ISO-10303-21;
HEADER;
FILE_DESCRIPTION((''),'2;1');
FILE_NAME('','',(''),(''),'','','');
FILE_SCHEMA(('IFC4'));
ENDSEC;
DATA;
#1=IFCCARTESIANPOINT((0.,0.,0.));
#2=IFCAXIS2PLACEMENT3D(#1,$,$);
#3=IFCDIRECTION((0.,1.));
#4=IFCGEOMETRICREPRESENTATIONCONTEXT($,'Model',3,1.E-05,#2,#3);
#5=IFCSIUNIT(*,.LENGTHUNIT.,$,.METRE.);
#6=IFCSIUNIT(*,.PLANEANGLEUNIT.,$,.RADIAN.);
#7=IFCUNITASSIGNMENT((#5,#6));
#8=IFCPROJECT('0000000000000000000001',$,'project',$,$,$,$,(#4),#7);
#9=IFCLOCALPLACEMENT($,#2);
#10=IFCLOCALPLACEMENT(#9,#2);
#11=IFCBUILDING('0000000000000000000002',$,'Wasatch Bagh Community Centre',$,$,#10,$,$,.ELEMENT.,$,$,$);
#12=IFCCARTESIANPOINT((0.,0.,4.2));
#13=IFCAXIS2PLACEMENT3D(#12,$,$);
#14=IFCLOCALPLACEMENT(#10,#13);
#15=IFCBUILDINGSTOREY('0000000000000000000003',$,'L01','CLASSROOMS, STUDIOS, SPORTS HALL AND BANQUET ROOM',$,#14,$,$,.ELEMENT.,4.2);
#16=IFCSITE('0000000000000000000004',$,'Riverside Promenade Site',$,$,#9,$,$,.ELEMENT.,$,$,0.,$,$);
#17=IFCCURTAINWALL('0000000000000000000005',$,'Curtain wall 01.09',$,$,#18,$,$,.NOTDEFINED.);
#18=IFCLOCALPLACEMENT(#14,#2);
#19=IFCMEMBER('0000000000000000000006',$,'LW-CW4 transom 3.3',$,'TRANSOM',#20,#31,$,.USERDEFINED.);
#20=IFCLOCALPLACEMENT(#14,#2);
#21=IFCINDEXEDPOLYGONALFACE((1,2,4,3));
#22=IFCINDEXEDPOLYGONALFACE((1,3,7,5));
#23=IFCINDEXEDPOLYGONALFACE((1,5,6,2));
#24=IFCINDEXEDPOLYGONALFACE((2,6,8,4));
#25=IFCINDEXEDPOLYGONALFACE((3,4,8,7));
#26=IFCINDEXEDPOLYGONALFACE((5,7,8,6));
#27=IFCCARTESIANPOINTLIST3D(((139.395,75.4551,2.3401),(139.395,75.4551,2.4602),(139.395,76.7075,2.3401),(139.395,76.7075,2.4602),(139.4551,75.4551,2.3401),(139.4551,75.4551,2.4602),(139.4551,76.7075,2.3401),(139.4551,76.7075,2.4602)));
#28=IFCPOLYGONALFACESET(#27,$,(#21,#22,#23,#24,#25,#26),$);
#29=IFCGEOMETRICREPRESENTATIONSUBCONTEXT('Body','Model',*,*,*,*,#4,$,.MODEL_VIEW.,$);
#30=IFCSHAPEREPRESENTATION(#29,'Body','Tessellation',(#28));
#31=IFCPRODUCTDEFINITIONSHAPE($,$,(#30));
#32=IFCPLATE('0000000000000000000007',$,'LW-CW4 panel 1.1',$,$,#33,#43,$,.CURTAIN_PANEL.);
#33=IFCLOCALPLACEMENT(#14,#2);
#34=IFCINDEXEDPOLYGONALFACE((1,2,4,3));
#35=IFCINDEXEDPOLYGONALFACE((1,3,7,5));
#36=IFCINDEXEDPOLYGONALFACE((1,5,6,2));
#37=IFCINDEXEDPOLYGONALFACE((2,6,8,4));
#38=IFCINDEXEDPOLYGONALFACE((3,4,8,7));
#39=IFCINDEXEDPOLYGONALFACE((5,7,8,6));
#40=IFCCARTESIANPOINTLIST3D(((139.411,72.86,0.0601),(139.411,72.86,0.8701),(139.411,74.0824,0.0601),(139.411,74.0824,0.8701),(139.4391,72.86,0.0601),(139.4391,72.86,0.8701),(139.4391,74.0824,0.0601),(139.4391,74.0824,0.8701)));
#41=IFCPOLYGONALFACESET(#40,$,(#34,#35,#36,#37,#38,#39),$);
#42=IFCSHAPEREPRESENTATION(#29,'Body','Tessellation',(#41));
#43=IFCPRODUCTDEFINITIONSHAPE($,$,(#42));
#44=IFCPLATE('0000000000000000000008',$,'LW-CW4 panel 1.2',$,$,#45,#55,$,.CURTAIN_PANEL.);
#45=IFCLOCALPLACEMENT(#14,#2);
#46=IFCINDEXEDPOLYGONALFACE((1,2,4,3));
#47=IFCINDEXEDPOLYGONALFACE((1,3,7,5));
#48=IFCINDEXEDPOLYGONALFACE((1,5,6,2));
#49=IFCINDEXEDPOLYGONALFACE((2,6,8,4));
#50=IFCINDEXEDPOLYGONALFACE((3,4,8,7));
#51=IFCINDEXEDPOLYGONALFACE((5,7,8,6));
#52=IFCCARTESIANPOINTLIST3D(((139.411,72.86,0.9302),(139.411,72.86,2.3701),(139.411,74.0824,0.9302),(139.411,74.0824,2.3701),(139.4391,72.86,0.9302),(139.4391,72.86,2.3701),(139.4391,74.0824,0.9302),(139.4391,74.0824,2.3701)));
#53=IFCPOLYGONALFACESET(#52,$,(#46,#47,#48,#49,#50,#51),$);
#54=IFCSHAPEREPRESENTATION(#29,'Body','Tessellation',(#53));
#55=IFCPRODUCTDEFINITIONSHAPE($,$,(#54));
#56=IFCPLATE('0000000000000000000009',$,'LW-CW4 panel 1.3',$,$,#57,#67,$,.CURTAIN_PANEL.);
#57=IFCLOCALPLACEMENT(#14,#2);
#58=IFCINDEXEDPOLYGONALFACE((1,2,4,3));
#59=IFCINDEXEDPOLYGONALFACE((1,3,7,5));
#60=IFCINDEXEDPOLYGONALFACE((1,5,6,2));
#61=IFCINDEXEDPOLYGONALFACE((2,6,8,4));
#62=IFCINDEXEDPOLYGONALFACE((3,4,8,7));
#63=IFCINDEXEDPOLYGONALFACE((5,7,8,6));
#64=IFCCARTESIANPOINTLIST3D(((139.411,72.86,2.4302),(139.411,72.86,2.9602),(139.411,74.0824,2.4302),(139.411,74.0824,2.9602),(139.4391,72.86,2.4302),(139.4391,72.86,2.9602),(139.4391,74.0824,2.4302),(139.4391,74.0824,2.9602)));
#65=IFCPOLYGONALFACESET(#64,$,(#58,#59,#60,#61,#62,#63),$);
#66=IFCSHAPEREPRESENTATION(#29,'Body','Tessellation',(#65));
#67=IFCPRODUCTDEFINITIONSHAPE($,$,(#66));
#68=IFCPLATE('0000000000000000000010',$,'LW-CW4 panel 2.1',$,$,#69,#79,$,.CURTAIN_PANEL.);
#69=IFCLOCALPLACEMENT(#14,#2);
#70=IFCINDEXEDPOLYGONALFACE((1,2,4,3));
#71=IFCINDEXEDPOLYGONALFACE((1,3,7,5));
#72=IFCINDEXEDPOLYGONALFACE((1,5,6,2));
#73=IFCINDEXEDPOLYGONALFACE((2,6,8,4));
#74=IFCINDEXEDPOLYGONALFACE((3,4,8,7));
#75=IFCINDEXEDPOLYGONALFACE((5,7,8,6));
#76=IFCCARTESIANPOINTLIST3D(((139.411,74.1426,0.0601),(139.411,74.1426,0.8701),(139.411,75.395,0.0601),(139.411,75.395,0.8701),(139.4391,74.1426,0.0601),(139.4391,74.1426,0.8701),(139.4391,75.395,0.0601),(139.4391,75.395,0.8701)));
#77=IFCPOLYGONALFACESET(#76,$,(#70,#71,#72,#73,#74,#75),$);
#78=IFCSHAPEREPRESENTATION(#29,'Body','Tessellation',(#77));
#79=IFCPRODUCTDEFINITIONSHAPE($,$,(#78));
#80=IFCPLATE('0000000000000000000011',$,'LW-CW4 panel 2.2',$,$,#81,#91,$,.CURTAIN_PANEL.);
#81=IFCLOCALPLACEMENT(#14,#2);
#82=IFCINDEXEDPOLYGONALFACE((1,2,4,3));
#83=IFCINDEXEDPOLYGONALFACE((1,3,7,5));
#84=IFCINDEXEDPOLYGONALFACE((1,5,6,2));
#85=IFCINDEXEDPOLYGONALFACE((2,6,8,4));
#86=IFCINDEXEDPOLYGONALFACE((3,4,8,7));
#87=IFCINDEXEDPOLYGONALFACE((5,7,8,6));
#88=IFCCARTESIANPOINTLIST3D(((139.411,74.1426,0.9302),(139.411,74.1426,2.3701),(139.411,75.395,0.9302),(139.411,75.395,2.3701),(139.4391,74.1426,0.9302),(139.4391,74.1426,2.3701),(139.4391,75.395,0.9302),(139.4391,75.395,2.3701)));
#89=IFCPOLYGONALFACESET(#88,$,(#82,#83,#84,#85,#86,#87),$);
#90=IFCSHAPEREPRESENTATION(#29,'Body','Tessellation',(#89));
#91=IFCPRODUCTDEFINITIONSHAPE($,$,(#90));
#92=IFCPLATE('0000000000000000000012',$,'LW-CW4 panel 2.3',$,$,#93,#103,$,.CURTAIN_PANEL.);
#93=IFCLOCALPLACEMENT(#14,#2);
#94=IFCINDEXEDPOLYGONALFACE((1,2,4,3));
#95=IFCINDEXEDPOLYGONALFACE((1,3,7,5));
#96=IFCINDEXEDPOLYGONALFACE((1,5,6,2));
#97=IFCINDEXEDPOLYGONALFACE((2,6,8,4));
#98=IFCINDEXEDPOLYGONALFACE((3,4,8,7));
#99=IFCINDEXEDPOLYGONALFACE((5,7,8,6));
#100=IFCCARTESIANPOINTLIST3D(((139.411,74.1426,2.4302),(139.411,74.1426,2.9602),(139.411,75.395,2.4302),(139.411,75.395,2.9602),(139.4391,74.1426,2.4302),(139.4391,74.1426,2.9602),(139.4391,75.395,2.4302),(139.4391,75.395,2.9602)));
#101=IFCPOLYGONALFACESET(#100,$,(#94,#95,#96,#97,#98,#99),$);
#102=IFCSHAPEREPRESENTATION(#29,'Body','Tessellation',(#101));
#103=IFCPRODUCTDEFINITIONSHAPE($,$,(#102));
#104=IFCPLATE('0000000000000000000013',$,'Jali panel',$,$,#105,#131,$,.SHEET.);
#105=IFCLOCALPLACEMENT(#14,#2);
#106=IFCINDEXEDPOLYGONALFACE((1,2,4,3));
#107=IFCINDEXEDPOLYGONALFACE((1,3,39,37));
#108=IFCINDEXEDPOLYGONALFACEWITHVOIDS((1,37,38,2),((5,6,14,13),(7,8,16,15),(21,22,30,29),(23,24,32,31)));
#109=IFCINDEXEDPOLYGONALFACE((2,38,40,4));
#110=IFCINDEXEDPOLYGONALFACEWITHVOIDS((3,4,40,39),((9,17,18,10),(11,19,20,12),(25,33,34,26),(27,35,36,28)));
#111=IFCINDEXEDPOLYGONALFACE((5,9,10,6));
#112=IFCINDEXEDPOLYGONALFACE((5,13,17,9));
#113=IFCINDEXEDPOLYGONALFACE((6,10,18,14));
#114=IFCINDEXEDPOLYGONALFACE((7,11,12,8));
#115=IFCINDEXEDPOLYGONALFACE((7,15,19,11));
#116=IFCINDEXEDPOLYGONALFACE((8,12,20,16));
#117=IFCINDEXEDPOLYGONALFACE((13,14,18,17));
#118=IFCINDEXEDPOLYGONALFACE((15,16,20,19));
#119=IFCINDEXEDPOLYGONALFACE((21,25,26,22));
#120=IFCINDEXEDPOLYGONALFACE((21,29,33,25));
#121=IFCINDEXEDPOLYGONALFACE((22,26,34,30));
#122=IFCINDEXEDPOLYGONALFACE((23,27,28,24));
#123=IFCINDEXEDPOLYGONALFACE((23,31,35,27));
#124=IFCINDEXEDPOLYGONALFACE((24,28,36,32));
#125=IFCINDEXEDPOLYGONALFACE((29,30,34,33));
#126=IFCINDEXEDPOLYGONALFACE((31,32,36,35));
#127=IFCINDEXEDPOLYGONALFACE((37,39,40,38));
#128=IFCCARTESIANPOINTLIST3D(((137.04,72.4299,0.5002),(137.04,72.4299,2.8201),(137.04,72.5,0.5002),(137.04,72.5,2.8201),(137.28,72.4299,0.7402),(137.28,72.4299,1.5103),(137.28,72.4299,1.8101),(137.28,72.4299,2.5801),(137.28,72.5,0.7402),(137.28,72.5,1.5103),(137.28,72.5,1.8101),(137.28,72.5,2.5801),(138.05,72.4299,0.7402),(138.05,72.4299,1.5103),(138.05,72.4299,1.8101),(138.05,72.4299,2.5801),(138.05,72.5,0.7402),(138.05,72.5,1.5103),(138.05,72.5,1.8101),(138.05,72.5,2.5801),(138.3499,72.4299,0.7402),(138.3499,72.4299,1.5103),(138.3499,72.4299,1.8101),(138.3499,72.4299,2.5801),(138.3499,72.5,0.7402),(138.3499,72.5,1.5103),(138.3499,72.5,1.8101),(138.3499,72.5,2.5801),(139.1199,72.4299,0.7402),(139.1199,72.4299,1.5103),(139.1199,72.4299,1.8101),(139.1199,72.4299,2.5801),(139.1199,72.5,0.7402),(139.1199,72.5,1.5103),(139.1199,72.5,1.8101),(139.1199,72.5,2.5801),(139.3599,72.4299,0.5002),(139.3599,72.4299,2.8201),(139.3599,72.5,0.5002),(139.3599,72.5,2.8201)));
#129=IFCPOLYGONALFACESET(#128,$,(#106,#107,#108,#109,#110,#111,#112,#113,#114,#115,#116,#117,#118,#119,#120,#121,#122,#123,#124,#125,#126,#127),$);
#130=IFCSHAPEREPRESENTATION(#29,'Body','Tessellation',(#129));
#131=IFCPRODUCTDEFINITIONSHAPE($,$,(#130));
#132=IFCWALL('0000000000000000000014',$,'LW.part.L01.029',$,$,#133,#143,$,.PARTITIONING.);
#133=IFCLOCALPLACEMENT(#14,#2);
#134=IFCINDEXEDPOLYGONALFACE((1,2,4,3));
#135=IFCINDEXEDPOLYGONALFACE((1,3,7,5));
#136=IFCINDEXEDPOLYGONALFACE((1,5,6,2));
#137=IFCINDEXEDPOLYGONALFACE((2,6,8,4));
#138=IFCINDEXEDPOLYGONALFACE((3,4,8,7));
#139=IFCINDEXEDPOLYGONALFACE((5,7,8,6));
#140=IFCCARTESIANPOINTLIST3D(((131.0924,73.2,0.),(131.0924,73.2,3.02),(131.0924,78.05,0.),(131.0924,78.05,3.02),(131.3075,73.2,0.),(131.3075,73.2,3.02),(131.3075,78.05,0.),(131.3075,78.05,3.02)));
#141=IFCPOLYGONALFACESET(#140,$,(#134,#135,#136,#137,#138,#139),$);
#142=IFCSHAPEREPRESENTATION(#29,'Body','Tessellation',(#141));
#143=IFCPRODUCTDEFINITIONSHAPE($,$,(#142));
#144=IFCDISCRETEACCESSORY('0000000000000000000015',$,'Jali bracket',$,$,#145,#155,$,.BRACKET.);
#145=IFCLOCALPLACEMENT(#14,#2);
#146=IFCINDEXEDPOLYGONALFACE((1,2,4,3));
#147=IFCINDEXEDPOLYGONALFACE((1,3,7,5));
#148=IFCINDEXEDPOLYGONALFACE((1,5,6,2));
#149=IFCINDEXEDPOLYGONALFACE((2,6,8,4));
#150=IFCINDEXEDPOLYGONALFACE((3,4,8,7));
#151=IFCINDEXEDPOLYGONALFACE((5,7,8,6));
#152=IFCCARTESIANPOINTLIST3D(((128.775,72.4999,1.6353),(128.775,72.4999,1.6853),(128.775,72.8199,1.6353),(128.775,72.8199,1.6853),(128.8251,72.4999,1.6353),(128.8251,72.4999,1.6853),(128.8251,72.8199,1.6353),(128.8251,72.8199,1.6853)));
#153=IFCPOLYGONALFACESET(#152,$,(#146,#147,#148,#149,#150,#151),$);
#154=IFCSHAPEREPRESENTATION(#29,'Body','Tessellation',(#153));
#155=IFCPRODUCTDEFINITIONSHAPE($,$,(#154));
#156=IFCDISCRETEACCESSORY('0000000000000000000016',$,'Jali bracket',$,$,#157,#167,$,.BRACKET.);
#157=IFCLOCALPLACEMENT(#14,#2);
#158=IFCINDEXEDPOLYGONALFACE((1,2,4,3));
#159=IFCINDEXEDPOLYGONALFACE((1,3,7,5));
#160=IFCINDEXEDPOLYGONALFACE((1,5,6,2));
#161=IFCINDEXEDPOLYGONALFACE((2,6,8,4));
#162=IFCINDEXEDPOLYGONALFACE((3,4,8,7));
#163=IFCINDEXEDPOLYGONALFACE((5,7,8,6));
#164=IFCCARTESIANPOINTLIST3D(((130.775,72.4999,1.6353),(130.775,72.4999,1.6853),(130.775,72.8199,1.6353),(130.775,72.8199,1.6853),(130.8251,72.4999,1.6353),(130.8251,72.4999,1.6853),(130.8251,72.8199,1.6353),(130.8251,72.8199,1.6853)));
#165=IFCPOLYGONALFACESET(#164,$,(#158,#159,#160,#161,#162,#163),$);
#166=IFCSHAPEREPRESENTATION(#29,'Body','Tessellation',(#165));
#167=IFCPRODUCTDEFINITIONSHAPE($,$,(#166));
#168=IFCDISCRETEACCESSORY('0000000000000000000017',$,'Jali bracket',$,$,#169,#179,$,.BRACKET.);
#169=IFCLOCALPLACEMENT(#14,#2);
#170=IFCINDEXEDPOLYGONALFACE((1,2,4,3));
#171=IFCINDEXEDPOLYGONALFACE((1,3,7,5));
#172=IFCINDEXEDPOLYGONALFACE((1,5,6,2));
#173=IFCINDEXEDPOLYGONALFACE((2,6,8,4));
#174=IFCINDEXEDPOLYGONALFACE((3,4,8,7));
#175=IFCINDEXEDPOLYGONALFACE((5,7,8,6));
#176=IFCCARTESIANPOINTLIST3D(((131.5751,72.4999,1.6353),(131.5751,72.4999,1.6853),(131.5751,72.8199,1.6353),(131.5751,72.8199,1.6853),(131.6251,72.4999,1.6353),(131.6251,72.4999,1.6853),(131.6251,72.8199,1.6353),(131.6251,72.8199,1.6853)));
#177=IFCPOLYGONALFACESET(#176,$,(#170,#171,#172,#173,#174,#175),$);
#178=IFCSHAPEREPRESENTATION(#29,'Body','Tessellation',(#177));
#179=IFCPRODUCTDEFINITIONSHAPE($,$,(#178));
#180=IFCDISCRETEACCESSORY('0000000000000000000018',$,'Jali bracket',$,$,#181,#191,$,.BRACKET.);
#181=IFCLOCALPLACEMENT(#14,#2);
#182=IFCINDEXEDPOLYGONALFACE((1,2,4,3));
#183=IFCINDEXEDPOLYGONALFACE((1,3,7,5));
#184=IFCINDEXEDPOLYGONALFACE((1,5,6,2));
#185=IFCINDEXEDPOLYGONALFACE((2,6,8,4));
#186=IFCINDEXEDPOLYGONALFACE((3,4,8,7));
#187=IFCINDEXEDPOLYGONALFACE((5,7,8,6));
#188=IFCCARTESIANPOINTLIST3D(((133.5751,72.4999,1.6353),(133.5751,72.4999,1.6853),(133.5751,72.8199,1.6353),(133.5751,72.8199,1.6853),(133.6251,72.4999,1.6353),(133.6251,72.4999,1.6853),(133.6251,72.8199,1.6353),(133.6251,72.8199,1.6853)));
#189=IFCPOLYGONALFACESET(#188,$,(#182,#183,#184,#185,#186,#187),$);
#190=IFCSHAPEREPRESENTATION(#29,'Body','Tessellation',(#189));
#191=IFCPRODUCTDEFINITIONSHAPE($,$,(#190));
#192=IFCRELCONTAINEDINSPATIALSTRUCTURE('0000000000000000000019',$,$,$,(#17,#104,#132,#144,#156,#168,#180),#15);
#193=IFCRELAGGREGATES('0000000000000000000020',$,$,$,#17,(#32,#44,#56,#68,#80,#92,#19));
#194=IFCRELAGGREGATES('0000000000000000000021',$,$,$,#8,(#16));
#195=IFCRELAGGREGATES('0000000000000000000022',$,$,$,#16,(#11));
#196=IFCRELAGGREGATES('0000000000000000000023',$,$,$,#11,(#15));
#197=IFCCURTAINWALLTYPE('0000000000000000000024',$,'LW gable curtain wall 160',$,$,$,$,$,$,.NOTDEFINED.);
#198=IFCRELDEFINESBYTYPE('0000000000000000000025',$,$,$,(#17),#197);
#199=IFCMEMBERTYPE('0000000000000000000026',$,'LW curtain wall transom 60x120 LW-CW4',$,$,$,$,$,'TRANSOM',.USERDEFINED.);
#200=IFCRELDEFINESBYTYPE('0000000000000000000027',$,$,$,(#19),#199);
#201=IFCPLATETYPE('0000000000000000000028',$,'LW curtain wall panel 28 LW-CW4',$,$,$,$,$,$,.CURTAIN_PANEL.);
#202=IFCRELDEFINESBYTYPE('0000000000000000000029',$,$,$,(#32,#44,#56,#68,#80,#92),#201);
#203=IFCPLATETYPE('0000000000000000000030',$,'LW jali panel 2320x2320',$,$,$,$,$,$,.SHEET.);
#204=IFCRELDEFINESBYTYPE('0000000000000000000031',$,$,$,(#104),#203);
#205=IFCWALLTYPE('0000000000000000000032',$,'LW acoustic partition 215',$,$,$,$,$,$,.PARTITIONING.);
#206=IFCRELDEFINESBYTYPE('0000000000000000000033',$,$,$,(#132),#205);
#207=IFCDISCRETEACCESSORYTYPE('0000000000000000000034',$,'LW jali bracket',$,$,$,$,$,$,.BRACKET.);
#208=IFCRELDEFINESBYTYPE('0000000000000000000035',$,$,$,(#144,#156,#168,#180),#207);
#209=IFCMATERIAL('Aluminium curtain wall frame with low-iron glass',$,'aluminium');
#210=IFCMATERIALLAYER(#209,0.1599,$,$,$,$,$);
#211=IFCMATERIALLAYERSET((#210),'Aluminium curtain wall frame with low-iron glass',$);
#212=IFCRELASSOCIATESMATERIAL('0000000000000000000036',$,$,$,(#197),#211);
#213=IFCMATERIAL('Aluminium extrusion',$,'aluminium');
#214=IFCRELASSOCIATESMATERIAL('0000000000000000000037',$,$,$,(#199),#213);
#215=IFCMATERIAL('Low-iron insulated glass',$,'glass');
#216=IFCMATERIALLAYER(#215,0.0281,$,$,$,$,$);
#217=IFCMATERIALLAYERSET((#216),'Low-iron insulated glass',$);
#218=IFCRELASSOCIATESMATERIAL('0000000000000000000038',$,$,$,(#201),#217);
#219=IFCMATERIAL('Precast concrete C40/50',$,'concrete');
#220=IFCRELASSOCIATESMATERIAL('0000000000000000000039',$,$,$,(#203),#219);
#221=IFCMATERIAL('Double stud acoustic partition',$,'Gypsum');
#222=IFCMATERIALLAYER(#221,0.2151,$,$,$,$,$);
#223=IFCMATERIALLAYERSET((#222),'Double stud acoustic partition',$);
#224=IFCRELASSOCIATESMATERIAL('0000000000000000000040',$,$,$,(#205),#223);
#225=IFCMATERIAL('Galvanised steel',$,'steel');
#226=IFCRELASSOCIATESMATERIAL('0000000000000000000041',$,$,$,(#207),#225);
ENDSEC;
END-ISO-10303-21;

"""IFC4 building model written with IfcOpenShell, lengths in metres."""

from ifc_helpers import new_model, si_unit, direction, frame, frame_2d, origin, origin_2d, place, context, subcontext, project, spatial, polyline, rectangle, outline, extrude, material, layer, layer_set, material_profile, profile_set, type_object, element, aggregate, save


model = new_model("IFC4")

# Units and contexts
model_context = context("Model", 3, precision=1e-05, world=origin(), true_north=direction((0.0, 1.0)))
body_context = subcontext(model_context, "Body", "Model", "MODEL_VIEW")
ifc_project = project(units=[si_unit("LENGTHUNIT", "METRE"), si_unit("PLANEANGLEUNIT", "RADIAN")], contexts=[model_context])

# Site, building, storey
site_placement = place(None, origin())
site = spatial("IfcSite", under=ifc_project, at=site_placement, Name="Riverside Promenade Site", CompositionType="ELEMENT", RefElevation=0.0)
building_placement = place(site_placement, origin())
building = spatial("IfcBuilding", under=site, at=building_placement, Name="Wasatch Bagh Community Centre", CompositionType="ELEMENT")
storey_placement = place(building_placement, frame((0.0, 0.0, 4.2)))
storey = spatial("IfcBuildingStorey", under=building, at=storey_placement, Name="L01", Description="CLASSROOMS, STUDIOS, SPORTS HALL AND BANQUET ROOM", CompositionType="ELEMENT", Elevation=4.2)

# Curtain wall, member, plates
ifc_material_1 = material(Name="Aluminium curtain wall frame with low-iron glass", Category="aluminium")
ifc_layer_1 = layer(ifc_material_1, 0.1599)
ifc_layer_set_1 = layer_set([ifc_layer_1], Name="Aluminium curtain wall frame with low-iron glass")
curtain_wall_type = type_object("IfcCurtainWallType", Name="LW gable curtain wall 160", PredefinedType="NOTDEFINED", material=ifc_layer_set_1)
curtain_wall_placement = place(storey_placement, origin())
curtain_wall = element("IfcCurtainWall", 1, at=curtain_wall_placement, inside=storey, type_object=curtain_wall_type, Name="Curtain wall 01.09", PredefinedType="NOTDEFINED")
ifc_material_2 = material(Name="Aluminium extrusion", Category="aluminium")
ifc_material_profile_1 = material_profile(ifc_material_2, rectangle(XDim=0.0601, YDim=0.1201, at=origin_2d()), Name="AL 60x120")
ifc_profile_set_1 = profile_set([ifc_material_profile_1], Name="Aluminium extrusion")
member_type_1 = type_object("IfcMemberType", Name="LW curtain wall transom 60x120 LW-CW4", ElementType="TRANSOM", PredefinedType="USERDEFINED", material=ifc_profile_set_1)
member_1_placement = place(storey_placement, frame((139.425, 75.4551, 2.4001), z_axis=(0.0, 1.0, 0.0), x_axis=(-1.0, 0.0, 0.0)))
member_1 = element("IfcMember", 2, at=member_1_placement, type_object=member_type_1, Name="LW-CW4 transom 3.3", ObjectType="TRANSOM", PredefinedType="USERDEFINED", context=body_context, shape_type="SweptSolid", body=[
    extrude(rectangle(XDim=0.0601, YDim=0.1201, at=origin_2d()), origin(), (0.0, 0.0, 1.0), 1.2524),
])
ifc_material_3 = material(Name="Low-iron insulated glass", Category="glass")
ifc_layer_2 = layer(ifc_material_3, 0.0281)
ifc_layer_set_2 = layer_set([ifc_layer_2], Name="Low-iron insulated glass")
plate_type_1 = type_object("IfcPlateType", Name="LW curtain wall panel 28 LW-CW4", PredefinedType="CURTAIN_PANEL", material=ifc_layer_set_2)
plate_1_placement = place(storey_placement, frame((139.425, 73.4712, 0.0601), z_axis=(0.0, 0.0, 1.0), x_axis=(0.0, 1.0, 0.0)))
plate_1 = element("IfcPlate", 3, at=plate_1_placement, type_object=plate_type_1, Name="LW-CW4 panel 1.1", PredefinedType="CURTAIN_PANEL", context=body_context, shape_type="SweptSolid", body=[
    extrude(rectangle(XDim=1.2224, YDim=0.0281, at=origin_2d()), origin(), (0.0, 0.0, 1.0), 0.8101),
])
plate_2_placement = place(storey_placement, frame((139.425, 73.4712, 0.9302), z_axis=(0.0, 0.0, 1.0), x_axis=(0.0, 1.0, 0.0)))
plate_2 = element("IfcPlate", 4, at=plate_2_placement, type_object=plate_type_1, Name="LW-CW4 panel 1.2", PredefinedType="CURTAIN_PANEL", context=body_context, shape_type="SweptSolid", body=[
    extrude(rectangle(XDim=1.2224, YDim=0.0281, at=origin_2d()), origin(), (0.0, 0.0, 1.0), 1.4399),
])
plate_3_placement = place(storey_placement, frame((139.425, 73.4712, 2.4302), z_axis=(0.0, 0.0, 1.0), x_axis=(0.0, 1.0, 0.0)))
plate_3 = element("IfcPlate", 5, at=plate_3_placement, type_object=plate_type_1, Name="LW-CW4 panel 1.3", PredefinedType="CURTAIN_PANEL", context=body_context, shape_type="SweptSolid", body=[
    extrude(rectangle(XDim=1.2224, YDim=0.0281, at=origin_2d()), origin(), (0.0, 0.0, 1.0), 0.53),
])
plate_4_placement = place(storey_placement, frame((139.425, 74.7688, 0.0601), z_axis=(0.0, 0.0, 1.0), x_axis=(0.0, 1.0, 0.0)))
plate_4 = element("IfcPlate", 6, at=plate_4_placement, type_object=plate_type_1, Name="LW-CW4 panel 2.1", PredefinedType="CURTAIN_PANEL", context=body_context, shape_type="SweptSolid", body=[
    extrude(rectangle(XDim=1.2524, YDim=0.0281, at=origin_2d()), origin(), (0.0, 0.0, 1.0), 0.8101),
])
plate_5_placement = place(storey_placement, frame((139.425, 74.7688, 0.9302), z_axis=(0.0, 0.0, 1.0), x_axis=(0.0, 1.0, 0.0)))
plate_5 = element("IfcPlate", 7, at=plate_5_placement, type_object=plate_type_1, Name="LW-CW4 panel 2.2", PredefinedType="CURTAIN_PANEL", context=body_context, shape_type="SweptSolid", body=[
    extrude(rectangle(XDim=1.2524, YDim=0.0281, at=origin_2d()), origin(), (0.0, 0.0, 1.0), 1.4399),
])
plate_6_placement = place(storey_placement, frame((139.425, 74.7688, 2.4302), z_axis=(0.0, 0.0, 1.0), x_axis=(0.0, 1.0, 0.0)))
plate_6 = element("IfcPlate", 8, at=plate_6_placement, type_object=plate_type_1, Name="LW-CW4 panel 2.3", PredefinedType="CURTAIN_PANEL", context=body_context, shape_type="SweptSolid", body=[
    extrude(rectangle(XDim=1.2524, YDim=0.0281, at=origin_2d()), origin(), (0.0, 0.0, 1.0), 0.53),
])
aggregate(curtain_wall, [plate_1, plate_2, plate_3, plate_4, plate_5, plate_6, member_1])

# Plate
ifc_material_4 = material(Name="Precast concrete C40/50", Category="concrete")
ifc_material_profile_2 = material_profile(ifc_material_4, outline(polyline([(-1.1599, -1.1599), (1.1599, -1.1599), (1.1599, 1.1599), (-1.1599, 1.1599), (-1.1599, -1.1599)]), holes=[polyline([(-0.9199, -0.9199), (-0.1499, -0.9199), (-0.1499, -0.1499), (-0.9199, -0.1499), (-0.9199, -0.9199)]), polyline([(-0.9199, 0.1499), (-0.1499, 0.1499), (-0.1499, 0.9199), (-0.9199, 0.9199), (-0.9199, 0.1499)]), polyline([(0.1499, -0.9199), (0.9199, -0.9199), (0.9199, -0.1499), (0.1499, -0.1499), (0.1499, -0.9199)]), polyline([(0.1499, 0.1499), (0.9199, 0.1499), (0.9199, 0.9199), (0.1499, 0.9199), (0.1499, 0.1499)])]), Name="Jali lattice")
ifc_profile_set_2 = profile_set([ifc_material_profile_2], Name="Precast concrete C40/50")
plate_type_2 = type_object("IfcPlateType", Name="LW jali panel 2320x2320", PredefinedType="SHEET", material=ifc_profile_set_2)
plate_7_placement = place(storey_placement, frame((138.2, 72.5, 1.6602), z_axis=(0.0, -1.0, 0.0), x_axis=(1.0, 0.0, 0.0)))
element("IfcPlate", 9, at=plate_7_placement, inside=storey, type_object=plate_type_2, Name="Jali panel", PredefinedType="SHEET", context=body_context, shape_type="SweptSolid", body=[
    extrude(outline(polyline([(-1.1599, -1.1599), (1.1599, -1.1599), (1.1599, 1.1599), (-1.1599, 1.1599), (-1.1599, -1.1599)]), holes=[polyline([(-0.9199, -0.9199), (-0.1499, -0.9199), (-0.1499, -0.1499), (-0.9199, -0.1499), (-0.9199, -0.9199)]), polyline([(-0.9199, 0.1499), (-0.1499, 0.1499), (-0.1499, 0.9199), (-0.9199, 0.9199), (-0.9199, 0.1499)]), polyline([(0.1499, -0.9199), (0.9199, -0.9199), (0.9199, -0.1499), (0.1499, -0.1499), (0.1499, -0.9199)]), polyline([(0.1499, 0.1499), (0.9199, 0.1499), (0.9199, 0.9199), (0.1499, 0.9199), (0.1499, 0.1499)])]), origin(), (0.0, 0.0, 1.0), 0.0701),
])

# Wall
ifc_material_5 = material(Name="Double stud acoustic partition", Category="Gypsum")
ifc_layer_3 = layer(ifc_material_5, 0.2151)
ifc_layer_set_3 = layer_set([ifc_layer_3], Name="Double stud acoustic partition")
wall_type_1 = type_object("IfcWallType", Name="LW acoustic partition 215", PredefinedType="PARTITIONING", material=ifc_layer_set_3)
wall_1_placement = place(storey_placement, frame((131.2, 73.2, 0.0), z_axis=(0.0, 0.0, 1.0), x_axis=(0.0, 1.0, 0.0)))
element("IfcWall", 10, at=wall_1_placement, inside=storey, type_object=wall_type_1, Name="LW.part.L01.029", PredefinedType="PARTITIONING", context=body_context, shape_type="SweptSolid", body=[
    extrude(rectangle(XDim=4.8501, YDim=0.2151, at=frame_2d((2.425, 0.0))), origin(), (0.0, 0.0, 1.0), 3.02),
])

# Discrete accessories
ifc_material_6 = material(Name="Galvanised steel", Category="steel")
discrete_accessory_type = type_object("IfcDiscreteAccessoryType", Name="LW jali bracket", PredefinedType="BRACKET", material=ifc_material_6)
for number, where, z_axis, x_axis, name in (
    (11, (128.8, 72.6599, 1.6353), (0.0, 0.0, 1.0), (1.0, 0.0, 0.0), "Jali bracket"),
    (12, (130.8, 72.6599, 1.6353), (0.0, 0.0, 1.0), (1.0, 0.0, 0.0), "Jali bracket"),
    (13, (131.6001, 72.6599, 1.6353), (0.0, 0.0, 1.0), (1.0, 0.0, 0.0), "Jali bracket"),
    (14, (133.6001, 72.6599, 1.6353), (0.0, 0.0, 1.0), (1.0, 0.0, 0.0), "Jali bracket"),
):
    element("IfcDiscreteAccessory", number, at=place(storey_placement, frame(where, z_axis=z_axis, x_axis=x_axis)), inside=storey, type_object=discrete_accessory_type, Name=name, PredefinedType="BRACKET", context=body_context, shape_type="SweptSolid", body=[
        extrude(rectangle(XDim=0.05, YDim=0.3201, at=origin_2d()), origin(), (0.0, 0.0, 1.0), 0.05),
    ])

save(model, "model.ifc")
